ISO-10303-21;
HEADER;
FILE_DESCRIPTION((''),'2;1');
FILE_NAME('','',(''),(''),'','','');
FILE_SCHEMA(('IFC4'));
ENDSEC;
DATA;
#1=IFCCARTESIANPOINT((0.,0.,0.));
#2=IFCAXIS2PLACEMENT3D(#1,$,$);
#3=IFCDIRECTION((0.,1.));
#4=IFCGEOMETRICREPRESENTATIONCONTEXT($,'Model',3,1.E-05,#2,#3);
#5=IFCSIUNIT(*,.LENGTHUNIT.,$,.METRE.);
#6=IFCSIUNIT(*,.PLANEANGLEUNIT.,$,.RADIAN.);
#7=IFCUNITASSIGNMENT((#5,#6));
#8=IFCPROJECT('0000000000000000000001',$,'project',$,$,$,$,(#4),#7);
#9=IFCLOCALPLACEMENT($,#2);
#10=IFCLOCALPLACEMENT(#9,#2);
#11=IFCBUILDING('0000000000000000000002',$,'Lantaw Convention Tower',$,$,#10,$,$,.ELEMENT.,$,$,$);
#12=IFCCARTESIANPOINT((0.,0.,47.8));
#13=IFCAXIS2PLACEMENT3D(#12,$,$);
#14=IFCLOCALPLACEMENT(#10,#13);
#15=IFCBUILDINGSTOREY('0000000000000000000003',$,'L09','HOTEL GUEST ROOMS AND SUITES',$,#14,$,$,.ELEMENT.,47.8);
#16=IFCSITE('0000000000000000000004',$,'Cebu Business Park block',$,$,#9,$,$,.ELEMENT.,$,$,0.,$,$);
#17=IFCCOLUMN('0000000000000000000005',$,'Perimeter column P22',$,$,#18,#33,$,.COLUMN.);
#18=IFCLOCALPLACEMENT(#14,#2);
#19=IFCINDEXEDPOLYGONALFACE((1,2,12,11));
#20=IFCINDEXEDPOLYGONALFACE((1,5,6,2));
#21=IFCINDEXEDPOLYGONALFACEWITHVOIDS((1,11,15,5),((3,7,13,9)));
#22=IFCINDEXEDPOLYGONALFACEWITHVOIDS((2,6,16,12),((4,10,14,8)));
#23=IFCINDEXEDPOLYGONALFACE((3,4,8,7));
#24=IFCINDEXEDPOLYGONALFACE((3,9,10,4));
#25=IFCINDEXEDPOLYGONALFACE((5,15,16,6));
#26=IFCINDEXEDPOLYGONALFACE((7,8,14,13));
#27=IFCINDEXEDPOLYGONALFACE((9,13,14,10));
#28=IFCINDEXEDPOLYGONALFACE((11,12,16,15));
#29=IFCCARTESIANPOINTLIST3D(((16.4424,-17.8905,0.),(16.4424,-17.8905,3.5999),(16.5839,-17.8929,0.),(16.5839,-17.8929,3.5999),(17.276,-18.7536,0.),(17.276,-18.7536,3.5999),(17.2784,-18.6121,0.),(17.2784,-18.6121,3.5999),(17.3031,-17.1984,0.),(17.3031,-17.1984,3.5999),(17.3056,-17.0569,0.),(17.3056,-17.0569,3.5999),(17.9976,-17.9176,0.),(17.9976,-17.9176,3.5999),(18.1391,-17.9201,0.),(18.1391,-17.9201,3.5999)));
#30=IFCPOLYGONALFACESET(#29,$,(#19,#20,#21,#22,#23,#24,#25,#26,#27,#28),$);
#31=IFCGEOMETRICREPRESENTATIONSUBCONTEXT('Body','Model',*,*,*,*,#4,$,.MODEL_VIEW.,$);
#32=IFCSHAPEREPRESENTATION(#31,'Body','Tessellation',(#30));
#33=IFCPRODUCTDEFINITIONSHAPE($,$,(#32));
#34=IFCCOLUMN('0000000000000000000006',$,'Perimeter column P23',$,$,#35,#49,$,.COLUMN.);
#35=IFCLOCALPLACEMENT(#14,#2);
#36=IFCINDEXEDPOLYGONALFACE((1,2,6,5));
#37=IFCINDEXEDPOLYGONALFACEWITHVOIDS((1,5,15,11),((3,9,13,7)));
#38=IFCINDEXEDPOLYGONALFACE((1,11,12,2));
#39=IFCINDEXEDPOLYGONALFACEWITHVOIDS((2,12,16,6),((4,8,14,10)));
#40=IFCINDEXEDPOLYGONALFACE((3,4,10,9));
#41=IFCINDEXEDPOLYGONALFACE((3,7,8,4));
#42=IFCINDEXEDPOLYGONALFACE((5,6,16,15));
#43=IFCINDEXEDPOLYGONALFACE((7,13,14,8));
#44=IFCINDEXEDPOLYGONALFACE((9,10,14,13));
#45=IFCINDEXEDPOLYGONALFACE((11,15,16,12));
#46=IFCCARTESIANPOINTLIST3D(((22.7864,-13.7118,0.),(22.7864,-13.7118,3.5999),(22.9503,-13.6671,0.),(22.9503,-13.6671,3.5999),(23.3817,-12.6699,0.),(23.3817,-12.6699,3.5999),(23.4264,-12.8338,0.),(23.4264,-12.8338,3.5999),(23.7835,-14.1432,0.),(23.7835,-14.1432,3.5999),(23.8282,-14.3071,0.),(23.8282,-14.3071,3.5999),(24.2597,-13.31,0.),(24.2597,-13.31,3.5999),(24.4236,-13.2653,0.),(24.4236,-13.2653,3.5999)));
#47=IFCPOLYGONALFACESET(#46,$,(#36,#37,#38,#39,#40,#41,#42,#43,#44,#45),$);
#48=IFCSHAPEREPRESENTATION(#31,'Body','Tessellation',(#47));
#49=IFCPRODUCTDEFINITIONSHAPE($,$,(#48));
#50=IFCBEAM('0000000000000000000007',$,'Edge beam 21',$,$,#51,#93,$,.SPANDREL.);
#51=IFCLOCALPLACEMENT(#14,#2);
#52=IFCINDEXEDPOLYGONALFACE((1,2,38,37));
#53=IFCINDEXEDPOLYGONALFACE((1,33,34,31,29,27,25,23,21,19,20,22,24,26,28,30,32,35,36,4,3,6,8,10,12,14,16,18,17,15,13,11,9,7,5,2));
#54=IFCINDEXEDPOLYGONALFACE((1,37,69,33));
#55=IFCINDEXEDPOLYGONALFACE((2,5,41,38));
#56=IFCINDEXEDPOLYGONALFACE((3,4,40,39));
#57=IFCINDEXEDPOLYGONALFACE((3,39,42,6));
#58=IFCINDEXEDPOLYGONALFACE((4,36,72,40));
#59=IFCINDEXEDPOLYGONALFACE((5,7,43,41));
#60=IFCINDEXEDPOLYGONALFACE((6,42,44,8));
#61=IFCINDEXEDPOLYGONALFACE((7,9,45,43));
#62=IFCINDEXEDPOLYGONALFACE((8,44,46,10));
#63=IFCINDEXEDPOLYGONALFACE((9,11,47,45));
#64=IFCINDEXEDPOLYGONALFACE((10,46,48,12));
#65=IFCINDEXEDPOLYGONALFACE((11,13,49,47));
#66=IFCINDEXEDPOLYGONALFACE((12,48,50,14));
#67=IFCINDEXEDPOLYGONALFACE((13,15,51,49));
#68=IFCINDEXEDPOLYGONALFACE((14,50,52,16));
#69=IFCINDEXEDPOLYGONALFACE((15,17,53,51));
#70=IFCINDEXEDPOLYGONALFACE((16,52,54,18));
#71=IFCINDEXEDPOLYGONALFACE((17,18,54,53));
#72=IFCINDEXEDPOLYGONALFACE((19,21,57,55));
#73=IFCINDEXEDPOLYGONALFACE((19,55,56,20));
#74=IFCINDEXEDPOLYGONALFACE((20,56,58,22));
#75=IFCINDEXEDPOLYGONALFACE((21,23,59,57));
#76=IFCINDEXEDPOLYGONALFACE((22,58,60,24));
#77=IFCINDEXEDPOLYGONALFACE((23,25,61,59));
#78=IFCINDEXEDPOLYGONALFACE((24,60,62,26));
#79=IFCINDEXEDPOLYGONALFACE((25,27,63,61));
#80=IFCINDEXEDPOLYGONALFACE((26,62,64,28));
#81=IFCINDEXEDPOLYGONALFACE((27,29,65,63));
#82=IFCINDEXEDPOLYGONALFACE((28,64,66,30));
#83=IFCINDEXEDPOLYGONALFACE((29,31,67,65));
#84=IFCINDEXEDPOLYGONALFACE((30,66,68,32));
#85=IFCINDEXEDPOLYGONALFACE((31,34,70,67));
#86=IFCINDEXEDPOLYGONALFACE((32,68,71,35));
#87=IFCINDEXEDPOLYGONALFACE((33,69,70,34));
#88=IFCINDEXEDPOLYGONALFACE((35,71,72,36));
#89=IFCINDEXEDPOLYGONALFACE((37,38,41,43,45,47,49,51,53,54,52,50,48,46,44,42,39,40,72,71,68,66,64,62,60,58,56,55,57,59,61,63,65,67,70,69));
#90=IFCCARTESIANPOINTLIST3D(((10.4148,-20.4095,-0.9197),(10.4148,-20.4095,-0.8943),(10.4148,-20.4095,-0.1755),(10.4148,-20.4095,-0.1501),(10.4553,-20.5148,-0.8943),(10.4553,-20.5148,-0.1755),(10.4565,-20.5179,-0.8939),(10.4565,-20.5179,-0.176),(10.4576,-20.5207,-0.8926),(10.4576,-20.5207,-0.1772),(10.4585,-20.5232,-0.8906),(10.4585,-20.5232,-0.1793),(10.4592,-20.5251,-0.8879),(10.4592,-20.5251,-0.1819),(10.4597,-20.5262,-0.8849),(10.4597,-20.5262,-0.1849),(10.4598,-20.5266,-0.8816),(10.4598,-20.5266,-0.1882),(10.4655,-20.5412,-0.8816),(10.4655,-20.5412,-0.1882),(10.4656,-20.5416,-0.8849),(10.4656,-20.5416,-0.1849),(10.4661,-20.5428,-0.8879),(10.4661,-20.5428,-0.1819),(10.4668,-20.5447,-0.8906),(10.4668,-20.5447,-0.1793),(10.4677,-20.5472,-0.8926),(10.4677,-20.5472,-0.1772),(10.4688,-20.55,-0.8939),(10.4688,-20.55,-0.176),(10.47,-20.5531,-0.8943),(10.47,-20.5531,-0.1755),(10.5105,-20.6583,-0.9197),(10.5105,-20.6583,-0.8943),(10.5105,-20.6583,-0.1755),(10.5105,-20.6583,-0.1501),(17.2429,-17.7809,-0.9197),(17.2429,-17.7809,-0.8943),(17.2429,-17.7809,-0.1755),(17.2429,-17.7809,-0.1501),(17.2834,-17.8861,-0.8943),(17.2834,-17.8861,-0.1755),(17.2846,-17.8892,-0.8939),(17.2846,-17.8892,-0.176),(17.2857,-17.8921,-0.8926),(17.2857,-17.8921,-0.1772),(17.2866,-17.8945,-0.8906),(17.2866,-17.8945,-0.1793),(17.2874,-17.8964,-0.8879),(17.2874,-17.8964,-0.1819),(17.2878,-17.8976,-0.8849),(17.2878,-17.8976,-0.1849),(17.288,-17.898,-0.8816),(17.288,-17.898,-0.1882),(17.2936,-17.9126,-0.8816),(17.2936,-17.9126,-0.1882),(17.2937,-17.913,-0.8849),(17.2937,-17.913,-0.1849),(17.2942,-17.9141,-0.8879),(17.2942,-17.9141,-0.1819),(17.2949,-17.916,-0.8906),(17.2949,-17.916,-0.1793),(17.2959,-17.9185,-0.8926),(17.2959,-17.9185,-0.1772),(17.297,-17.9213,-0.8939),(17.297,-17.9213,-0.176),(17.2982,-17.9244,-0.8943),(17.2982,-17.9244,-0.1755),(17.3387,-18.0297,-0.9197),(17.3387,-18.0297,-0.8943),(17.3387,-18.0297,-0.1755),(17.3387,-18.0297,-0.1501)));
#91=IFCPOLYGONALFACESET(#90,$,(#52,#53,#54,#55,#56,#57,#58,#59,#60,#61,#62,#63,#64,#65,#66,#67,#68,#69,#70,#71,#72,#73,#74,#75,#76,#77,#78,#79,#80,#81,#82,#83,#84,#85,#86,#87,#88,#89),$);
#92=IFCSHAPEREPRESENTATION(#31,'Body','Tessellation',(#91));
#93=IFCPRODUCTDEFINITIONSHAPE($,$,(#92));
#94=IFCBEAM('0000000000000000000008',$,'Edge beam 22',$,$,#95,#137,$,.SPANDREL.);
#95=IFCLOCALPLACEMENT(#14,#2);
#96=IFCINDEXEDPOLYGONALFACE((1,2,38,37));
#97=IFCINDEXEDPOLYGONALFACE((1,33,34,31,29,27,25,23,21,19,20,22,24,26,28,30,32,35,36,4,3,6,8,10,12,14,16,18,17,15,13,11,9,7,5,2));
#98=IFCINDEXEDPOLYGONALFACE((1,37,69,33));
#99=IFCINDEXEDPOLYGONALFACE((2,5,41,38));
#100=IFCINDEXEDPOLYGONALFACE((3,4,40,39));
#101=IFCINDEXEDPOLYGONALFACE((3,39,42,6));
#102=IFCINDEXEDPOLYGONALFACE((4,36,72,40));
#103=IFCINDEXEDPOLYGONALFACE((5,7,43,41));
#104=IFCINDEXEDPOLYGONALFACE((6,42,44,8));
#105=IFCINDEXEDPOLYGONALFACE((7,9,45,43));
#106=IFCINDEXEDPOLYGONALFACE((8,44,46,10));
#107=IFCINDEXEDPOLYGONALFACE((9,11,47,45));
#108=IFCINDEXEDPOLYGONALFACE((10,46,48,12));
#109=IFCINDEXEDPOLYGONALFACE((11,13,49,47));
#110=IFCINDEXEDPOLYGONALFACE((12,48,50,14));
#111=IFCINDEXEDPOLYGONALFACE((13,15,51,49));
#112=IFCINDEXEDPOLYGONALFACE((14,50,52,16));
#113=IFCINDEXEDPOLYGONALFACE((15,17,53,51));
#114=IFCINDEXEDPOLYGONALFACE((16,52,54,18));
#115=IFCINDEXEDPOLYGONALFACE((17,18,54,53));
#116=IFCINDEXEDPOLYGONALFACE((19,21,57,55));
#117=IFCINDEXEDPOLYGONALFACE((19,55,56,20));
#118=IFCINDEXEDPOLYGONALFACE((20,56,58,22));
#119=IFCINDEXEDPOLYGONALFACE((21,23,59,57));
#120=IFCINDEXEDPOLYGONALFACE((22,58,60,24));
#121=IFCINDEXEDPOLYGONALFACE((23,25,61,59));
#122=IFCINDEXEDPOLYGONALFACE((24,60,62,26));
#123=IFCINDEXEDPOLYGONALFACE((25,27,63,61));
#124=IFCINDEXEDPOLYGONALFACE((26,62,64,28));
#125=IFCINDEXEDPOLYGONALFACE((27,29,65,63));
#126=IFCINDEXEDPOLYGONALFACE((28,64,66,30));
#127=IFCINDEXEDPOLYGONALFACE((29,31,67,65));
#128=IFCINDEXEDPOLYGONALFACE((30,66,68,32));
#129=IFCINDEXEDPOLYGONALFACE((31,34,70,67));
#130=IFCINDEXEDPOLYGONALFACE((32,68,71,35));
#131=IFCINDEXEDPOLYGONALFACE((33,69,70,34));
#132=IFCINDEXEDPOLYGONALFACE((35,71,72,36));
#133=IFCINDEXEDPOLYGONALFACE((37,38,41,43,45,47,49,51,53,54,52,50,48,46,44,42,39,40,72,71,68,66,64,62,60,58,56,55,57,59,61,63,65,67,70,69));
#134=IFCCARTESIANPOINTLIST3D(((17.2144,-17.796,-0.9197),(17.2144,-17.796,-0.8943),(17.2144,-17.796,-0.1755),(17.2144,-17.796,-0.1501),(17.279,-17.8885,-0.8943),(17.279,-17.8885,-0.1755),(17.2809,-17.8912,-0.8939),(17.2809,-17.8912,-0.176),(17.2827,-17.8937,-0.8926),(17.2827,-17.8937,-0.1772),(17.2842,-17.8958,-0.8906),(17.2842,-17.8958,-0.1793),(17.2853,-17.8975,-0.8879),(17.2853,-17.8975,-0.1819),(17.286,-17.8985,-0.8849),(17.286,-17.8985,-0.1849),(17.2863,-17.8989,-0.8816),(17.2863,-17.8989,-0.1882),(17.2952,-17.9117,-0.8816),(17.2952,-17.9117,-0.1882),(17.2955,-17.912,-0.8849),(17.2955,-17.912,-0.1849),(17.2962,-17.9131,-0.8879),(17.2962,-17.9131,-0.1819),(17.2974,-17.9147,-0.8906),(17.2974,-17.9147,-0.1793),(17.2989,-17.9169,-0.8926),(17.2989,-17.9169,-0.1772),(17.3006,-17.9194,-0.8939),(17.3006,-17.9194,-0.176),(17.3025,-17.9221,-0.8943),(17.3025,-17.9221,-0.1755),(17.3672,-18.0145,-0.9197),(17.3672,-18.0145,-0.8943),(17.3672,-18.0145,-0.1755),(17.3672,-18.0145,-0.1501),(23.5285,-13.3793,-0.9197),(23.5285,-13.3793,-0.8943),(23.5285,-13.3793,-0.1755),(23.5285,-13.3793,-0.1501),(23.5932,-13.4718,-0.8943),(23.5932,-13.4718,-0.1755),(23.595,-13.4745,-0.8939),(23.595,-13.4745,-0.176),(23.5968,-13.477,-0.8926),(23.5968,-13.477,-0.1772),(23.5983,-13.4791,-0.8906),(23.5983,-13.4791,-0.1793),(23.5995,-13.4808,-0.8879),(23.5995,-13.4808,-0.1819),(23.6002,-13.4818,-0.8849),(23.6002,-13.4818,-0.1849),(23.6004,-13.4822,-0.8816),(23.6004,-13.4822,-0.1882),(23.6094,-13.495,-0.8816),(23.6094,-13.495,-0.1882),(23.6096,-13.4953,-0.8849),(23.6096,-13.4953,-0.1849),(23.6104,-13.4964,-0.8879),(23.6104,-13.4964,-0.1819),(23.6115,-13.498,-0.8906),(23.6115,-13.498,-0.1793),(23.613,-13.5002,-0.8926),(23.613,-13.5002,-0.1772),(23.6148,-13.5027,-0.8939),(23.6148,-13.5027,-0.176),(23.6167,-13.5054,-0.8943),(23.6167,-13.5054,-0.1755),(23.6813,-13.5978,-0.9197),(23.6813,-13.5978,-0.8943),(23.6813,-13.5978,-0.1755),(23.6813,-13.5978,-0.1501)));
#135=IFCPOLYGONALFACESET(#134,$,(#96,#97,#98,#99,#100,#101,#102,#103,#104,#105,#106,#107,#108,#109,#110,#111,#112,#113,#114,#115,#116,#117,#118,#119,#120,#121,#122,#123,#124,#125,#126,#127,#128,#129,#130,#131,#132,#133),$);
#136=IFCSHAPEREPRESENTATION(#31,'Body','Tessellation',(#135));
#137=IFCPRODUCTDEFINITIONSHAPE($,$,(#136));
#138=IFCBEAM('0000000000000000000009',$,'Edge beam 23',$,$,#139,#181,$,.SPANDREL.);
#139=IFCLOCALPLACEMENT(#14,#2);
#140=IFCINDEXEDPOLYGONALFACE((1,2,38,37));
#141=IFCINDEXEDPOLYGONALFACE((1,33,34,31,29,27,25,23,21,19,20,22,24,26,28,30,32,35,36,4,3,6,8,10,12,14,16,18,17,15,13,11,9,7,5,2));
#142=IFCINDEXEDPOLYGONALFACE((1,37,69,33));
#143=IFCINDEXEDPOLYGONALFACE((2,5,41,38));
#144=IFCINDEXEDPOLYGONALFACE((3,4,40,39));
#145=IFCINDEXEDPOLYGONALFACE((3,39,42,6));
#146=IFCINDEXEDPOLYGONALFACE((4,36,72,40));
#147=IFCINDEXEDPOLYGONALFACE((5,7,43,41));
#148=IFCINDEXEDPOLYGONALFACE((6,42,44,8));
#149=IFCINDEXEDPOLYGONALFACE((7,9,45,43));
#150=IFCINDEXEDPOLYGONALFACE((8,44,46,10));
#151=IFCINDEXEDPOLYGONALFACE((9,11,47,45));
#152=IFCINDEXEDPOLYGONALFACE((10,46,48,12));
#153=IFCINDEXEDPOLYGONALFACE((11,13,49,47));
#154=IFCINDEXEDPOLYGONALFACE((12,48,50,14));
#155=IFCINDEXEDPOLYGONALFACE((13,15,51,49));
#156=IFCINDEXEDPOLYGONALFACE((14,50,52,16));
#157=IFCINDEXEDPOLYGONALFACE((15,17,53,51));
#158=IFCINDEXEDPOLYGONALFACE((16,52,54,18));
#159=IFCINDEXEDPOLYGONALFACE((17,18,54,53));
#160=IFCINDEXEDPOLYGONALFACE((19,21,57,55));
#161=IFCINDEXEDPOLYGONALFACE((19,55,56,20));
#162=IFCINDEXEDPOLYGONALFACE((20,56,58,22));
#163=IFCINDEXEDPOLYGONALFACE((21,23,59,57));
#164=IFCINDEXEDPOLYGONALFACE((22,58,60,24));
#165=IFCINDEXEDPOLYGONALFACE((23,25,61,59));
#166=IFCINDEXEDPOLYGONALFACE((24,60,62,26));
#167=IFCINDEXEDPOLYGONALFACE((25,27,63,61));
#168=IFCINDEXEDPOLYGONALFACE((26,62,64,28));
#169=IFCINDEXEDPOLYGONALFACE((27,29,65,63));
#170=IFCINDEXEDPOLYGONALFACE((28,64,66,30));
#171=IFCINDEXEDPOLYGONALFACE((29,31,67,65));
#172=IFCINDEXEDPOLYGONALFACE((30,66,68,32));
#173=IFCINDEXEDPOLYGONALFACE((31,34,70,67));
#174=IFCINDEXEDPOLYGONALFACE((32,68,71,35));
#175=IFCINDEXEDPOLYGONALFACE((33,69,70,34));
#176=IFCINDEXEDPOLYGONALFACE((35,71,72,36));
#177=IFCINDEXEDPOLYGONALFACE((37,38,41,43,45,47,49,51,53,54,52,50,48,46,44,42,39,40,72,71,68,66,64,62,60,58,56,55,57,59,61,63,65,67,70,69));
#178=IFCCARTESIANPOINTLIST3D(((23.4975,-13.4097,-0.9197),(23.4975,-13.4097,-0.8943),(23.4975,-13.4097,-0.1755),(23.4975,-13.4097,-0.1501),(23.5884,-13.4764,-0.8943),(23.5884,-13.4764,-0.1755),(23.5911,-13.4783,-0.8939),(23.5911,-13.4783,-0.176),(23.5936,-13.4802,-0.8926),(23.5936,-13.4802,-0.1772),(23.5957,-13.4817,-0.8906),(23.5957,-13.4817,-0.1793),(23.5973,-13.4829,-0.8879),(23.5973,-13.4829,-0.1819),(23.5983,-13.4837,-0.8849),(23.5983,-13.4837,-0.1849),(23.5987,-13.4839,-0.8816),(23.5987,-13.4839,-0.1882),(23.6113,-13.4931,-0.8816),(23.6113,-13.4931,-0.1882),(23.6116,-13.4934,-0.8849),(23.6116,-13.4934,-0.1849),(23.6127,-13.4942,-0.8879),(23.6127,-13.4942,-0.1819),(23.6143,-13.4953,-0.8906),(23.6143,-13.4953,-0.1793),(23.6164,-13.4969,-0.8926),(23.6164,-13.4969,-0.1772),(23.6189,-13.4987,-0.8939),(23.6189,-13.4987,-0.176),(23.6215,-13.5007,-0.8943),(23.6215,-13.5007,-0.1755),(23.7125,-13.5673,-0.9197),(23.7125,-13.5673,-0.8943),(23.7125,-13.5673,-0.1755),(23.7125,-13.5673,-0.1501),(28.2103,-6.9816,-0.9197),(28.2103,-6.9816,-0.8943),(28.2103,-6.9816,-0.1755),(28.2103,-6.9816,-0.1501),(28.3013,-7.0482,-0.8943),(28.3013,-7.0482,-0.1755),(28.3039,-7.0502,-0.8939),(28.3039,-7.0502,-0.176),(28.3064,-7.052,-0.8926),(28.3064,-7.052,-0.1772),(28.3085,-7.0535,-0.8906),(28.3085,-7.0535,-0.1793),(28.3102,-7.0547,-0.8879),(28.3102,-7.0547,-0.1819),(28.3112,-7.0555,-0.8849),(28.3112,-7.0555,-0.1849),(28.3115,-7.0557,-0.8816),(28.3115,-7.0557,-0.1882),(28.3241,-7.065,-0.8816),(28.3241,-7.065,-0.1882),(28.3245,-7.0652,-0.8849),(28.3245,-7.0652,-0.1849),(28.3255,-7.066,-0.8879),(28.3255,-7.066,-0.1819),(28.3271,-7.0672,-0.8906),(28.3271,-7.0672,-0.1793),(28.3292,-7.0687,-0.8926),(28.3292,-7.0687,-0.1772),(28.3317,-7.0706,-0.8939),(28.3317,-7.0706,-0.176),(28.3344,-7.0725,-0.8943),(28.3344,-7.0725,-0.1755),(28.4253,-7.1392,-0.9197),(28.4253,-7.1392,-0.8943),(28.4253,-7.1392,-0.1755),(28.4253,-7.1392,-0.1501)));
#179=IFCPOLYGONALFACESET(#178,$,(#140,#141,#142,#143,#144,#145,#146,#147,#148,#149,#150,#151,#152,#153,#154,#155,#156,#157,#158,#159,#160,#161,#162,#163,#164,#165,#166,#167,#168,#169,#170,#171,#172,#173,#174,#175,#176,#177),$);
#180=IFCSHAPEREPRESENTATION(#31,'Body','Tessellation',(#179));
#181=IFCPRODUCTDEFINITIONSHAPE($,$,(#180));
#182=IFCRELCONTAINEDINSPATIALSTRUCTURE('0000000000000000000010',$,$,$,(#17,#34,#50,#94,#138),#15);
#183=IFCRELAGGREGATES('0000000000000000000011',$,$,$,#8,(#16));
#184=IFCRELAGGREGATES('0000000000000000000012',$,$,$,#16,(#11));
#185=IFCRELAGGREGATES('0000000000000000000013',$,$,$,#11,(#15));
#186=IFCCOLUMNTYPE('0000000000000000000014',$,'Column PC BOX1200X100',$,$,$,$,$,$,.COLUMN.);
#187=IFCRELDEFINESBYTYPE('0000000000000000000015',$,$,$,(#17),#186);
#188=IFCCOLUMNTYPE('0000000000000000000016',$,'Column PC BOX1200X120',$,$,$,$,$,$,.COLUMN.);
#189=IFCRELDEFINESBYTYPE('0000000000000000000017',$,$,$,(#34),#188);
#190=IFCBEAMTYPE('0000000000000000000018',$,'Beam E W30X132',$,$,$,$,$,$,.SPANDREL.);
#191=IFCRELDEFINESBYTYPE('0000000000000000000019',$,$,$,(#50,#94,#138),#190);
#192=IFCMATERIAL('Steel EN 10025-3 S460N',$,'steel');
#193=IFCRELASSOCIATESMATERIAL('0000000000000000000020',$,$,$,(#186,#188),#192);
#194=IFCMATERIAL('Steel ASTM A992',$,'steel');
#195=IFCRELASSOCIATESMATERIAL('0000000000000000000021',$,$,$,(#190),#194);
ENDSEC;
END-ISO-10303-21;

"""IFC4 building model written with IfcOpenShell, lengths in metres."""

from ifc_helpers import new_model, si_unit, direction, frame, origin, origin_2d, place, context, subcontext, project, spatial, rectangle, hollow_rectangle, i_section, extrude, material, material_profile, profile_set, type_object, element, save


model = new_model("IFC4")

# Units and contexts
model_context = context("Model", 3, precision=1e-05, world=origin(), true_north=direction((0.0, 1.0)))
body_context = subcontext(model_context, "Body", "Model", "MODEL_VIEW")
ifc_project = project(units=[si_unit("LENGTHUNIT", "METRE"), si_unit("PLANEANGLEUNIT", "RADIAN")], contexts=[model_context])

# Site, building, storey
site_placement = place(None, origin())
site = spatial("IfcSite", under=ifc_project, at=site_placement, Name="Cebu Business Park block", CompositionType="ELEMENT", RefElevation=0.0)
building_placement = place(site_placement, origin())
building = spatial("IfcBuilding", under=site, at=building_placement, Name="Lantaw Convention Tower", CompositionType="ELEMENT")
storey_placement = place(building_placement, frame((0.0, 0.0, 47.8)))
storey = spatial("IfcBuildingStorey", under=building, at=storey_placement, Name="L09", Description="HOTEL GUEST ROOMS AND SUITES", CompositionType="ELEMENT", Elevation=47.8)

# Columns
ifc_material_1 = material(Name="Steel EN 10025-3 S460N", Category="steel")
ifc_material_profile_1 = material_profile(ifc_material_1, hollow_rectangle(XDim=1.2, YDim=1.2, WallThickness=0.1001, at=origin_2d()), Name="BOX1200X100")
ifc_material_2 = material(Name="Concrete C60/75", Category="concrete")
ifc_material_profile_2 = material_profile(ifc_material_2, rectangle(XDim=1.0, YDim=1.0, at=origin_2d()), Name="Concrete fill of BOX1200X100")
ifc_profile_set_1 = profile_set([ifc_material_profile_1, ifc_material_profile_2], Name="Steel EN 10025-3 S460N")
column_type_1 = type_object("IfcColumnType", Name="Column PC BOX1200X100", PredefinedType="COLUMN", material=ifc_profile_set_1)
column_1_placement = place(storey_placement, frame((17.2908, -17.9053, 0.0), z_axis=(0.0, 0.0, 1.0), x_axis=(0.71934, 0.694658, 0.0)))
element("IfcColumn", 1, at=column_1_placement, inside=storey, type_object=column_type_1, Name="Perimeter column P22", PredefinedType="COLUMN", context=body_context, shape_type="SweptSolid", body=[
    extrude(hollow_rectangle(XDim=1.2, YDim=1.2, WallThickness=0.1001, at=origin_2d()), origin(), (0.0, 0.0, 1.0), 3.5999),
])
ifc_material_profile_3 = material_profile(ifc_material_1, hollow_rectangle(XDim=1.2, YDim=1.2, WallThickness=0.1201, at=origin_2d()), Name="BOX1200X120")
ifc_material_profile_4 = material_profile(ifc_material_2, rectangle(XDim=0.96, YDim=0.96, at=origin_2d()), Name="Concrete fill of BOX1200X120")
ifc_profile_set_2 = profile_set([ifc_material_profile_3, ifc_material_profile_4], Name="Steel EN 10025-3 S460N")
column_type_2 = type_object("IfcColumnType", Name="Column PC BOX1200X120", PredefinedType="COLUMN", material=ifc_profile_set_2)
column_2_placement = place(storey_placement, frame((23.605, -13.4885, 0.0), z_axis=(0.0, 0.0, 1.0), x_axis=(0.496139, 0.868243, 0.0)))
element("IfcColumn", 2, at=column_2_placement, inside=storey, type_object=column_type_2, Name="Perimeter column P23", PredefinedType="COLUMN", context=body_context, shape_type="SweptSolid", body=[
    extrude(hollow_rectangle(XDim=1.2, YDim=1.2, WallThickness=0.1201, at=origin_2d()), origin(), (0.0, 0.0, 1.0), 3.5999),
])

# Beams
ifc_material_3 = material(Name="Steel ASTM A992", Category="steel")
ifc_material_profile_5 = material_profile(ifc_material_3, i_section(OverallWidth=0.2666, OverallDepth=0.7695, WebThickness=0.0156, FlangeThickness=0.0254, FilletRadius=0.0127, at=origin_2d()), Name="W30X132")
ifc_profile_set_3 = profile_set([ifc_material_profile_5], Name="Steel ASTM A992")
beam_type_1 = type_object("IfcBeamType", Name="Beam E W30X132", PredefinedType="SPANDREL", material=ifc_profile_set_3)
beam_1_placement = place(storey_placement, frame((10.4626, -20.5339, -0.5349), z_axis=(0.933233, 0.359272, 0.0), x_axis=(-0.359272, 0.933233, 0.0)))
element("IfcBeam", 3, at=beam_1_placement, inside=storey, type_object=beam_type_1, Name="Edge beam 21", PredefinedType="SPANDREL", context=body_context, shape_type="SweptSolid", body=[
    extrude(i_section(OverallWidth=0.2666, OverallDepth=0.7695, WebThickness=0.0156, FlangeThickness=0.0254, FilletRadius=0.0127, at=origin_2d()), origin(), (0.0, 0.0, 1.0), 7.3167),
])
beam_2_placement = place(storey_placement, frame((17.2908, -17.9053, -0.5349), z_axis=(0.819427, 0.573184, 0.0), x_axis=(-0.573184, 0.819427, 0.0)))
element("IfcBeam", 4, at=beam_2_placement, inside=storey, type_object=beam_type_1, Name="Edge beam 22", PredefinedType="SPANDREL", context=body_context, shape_type="SweptSolid", body=[
    extrude(i_section(OverallWidth=0.2666, OverallDepth=0.7695, WebThickness=0.0156, FlangeThickness=0.0254, FilletRadius=0.0127, at=origin_2d()), origin(), (0.0, 0.0, 1.0), 7.7056),
])
beam_3_placement = place(storey_placement, frame((23.605, -13.4885, -0.5349), z_axis=(0.591271, 0.806473, 0.0), x_axis=(-0.806473, 0.591271, 0.0)))
element("IfcBeam", 5, at=beam_3_placement, inside=storey, type_object=beam_type_1, Name="Edge beam 23", PredefinedType="SPANDREL", context=body_context, shape_type="SweptSolid", body=[
    extrude(i_section(OverallWidth=0.2666, OverallDepth=0.7695, WebThickness=0.0156, FlangeThickness=0.0254, FilletRadius=0.0127, at=origin_2d()), origin(), (0.0, 0.0, 1.0), 7.9707),
])

save(model, "model.ifc")
